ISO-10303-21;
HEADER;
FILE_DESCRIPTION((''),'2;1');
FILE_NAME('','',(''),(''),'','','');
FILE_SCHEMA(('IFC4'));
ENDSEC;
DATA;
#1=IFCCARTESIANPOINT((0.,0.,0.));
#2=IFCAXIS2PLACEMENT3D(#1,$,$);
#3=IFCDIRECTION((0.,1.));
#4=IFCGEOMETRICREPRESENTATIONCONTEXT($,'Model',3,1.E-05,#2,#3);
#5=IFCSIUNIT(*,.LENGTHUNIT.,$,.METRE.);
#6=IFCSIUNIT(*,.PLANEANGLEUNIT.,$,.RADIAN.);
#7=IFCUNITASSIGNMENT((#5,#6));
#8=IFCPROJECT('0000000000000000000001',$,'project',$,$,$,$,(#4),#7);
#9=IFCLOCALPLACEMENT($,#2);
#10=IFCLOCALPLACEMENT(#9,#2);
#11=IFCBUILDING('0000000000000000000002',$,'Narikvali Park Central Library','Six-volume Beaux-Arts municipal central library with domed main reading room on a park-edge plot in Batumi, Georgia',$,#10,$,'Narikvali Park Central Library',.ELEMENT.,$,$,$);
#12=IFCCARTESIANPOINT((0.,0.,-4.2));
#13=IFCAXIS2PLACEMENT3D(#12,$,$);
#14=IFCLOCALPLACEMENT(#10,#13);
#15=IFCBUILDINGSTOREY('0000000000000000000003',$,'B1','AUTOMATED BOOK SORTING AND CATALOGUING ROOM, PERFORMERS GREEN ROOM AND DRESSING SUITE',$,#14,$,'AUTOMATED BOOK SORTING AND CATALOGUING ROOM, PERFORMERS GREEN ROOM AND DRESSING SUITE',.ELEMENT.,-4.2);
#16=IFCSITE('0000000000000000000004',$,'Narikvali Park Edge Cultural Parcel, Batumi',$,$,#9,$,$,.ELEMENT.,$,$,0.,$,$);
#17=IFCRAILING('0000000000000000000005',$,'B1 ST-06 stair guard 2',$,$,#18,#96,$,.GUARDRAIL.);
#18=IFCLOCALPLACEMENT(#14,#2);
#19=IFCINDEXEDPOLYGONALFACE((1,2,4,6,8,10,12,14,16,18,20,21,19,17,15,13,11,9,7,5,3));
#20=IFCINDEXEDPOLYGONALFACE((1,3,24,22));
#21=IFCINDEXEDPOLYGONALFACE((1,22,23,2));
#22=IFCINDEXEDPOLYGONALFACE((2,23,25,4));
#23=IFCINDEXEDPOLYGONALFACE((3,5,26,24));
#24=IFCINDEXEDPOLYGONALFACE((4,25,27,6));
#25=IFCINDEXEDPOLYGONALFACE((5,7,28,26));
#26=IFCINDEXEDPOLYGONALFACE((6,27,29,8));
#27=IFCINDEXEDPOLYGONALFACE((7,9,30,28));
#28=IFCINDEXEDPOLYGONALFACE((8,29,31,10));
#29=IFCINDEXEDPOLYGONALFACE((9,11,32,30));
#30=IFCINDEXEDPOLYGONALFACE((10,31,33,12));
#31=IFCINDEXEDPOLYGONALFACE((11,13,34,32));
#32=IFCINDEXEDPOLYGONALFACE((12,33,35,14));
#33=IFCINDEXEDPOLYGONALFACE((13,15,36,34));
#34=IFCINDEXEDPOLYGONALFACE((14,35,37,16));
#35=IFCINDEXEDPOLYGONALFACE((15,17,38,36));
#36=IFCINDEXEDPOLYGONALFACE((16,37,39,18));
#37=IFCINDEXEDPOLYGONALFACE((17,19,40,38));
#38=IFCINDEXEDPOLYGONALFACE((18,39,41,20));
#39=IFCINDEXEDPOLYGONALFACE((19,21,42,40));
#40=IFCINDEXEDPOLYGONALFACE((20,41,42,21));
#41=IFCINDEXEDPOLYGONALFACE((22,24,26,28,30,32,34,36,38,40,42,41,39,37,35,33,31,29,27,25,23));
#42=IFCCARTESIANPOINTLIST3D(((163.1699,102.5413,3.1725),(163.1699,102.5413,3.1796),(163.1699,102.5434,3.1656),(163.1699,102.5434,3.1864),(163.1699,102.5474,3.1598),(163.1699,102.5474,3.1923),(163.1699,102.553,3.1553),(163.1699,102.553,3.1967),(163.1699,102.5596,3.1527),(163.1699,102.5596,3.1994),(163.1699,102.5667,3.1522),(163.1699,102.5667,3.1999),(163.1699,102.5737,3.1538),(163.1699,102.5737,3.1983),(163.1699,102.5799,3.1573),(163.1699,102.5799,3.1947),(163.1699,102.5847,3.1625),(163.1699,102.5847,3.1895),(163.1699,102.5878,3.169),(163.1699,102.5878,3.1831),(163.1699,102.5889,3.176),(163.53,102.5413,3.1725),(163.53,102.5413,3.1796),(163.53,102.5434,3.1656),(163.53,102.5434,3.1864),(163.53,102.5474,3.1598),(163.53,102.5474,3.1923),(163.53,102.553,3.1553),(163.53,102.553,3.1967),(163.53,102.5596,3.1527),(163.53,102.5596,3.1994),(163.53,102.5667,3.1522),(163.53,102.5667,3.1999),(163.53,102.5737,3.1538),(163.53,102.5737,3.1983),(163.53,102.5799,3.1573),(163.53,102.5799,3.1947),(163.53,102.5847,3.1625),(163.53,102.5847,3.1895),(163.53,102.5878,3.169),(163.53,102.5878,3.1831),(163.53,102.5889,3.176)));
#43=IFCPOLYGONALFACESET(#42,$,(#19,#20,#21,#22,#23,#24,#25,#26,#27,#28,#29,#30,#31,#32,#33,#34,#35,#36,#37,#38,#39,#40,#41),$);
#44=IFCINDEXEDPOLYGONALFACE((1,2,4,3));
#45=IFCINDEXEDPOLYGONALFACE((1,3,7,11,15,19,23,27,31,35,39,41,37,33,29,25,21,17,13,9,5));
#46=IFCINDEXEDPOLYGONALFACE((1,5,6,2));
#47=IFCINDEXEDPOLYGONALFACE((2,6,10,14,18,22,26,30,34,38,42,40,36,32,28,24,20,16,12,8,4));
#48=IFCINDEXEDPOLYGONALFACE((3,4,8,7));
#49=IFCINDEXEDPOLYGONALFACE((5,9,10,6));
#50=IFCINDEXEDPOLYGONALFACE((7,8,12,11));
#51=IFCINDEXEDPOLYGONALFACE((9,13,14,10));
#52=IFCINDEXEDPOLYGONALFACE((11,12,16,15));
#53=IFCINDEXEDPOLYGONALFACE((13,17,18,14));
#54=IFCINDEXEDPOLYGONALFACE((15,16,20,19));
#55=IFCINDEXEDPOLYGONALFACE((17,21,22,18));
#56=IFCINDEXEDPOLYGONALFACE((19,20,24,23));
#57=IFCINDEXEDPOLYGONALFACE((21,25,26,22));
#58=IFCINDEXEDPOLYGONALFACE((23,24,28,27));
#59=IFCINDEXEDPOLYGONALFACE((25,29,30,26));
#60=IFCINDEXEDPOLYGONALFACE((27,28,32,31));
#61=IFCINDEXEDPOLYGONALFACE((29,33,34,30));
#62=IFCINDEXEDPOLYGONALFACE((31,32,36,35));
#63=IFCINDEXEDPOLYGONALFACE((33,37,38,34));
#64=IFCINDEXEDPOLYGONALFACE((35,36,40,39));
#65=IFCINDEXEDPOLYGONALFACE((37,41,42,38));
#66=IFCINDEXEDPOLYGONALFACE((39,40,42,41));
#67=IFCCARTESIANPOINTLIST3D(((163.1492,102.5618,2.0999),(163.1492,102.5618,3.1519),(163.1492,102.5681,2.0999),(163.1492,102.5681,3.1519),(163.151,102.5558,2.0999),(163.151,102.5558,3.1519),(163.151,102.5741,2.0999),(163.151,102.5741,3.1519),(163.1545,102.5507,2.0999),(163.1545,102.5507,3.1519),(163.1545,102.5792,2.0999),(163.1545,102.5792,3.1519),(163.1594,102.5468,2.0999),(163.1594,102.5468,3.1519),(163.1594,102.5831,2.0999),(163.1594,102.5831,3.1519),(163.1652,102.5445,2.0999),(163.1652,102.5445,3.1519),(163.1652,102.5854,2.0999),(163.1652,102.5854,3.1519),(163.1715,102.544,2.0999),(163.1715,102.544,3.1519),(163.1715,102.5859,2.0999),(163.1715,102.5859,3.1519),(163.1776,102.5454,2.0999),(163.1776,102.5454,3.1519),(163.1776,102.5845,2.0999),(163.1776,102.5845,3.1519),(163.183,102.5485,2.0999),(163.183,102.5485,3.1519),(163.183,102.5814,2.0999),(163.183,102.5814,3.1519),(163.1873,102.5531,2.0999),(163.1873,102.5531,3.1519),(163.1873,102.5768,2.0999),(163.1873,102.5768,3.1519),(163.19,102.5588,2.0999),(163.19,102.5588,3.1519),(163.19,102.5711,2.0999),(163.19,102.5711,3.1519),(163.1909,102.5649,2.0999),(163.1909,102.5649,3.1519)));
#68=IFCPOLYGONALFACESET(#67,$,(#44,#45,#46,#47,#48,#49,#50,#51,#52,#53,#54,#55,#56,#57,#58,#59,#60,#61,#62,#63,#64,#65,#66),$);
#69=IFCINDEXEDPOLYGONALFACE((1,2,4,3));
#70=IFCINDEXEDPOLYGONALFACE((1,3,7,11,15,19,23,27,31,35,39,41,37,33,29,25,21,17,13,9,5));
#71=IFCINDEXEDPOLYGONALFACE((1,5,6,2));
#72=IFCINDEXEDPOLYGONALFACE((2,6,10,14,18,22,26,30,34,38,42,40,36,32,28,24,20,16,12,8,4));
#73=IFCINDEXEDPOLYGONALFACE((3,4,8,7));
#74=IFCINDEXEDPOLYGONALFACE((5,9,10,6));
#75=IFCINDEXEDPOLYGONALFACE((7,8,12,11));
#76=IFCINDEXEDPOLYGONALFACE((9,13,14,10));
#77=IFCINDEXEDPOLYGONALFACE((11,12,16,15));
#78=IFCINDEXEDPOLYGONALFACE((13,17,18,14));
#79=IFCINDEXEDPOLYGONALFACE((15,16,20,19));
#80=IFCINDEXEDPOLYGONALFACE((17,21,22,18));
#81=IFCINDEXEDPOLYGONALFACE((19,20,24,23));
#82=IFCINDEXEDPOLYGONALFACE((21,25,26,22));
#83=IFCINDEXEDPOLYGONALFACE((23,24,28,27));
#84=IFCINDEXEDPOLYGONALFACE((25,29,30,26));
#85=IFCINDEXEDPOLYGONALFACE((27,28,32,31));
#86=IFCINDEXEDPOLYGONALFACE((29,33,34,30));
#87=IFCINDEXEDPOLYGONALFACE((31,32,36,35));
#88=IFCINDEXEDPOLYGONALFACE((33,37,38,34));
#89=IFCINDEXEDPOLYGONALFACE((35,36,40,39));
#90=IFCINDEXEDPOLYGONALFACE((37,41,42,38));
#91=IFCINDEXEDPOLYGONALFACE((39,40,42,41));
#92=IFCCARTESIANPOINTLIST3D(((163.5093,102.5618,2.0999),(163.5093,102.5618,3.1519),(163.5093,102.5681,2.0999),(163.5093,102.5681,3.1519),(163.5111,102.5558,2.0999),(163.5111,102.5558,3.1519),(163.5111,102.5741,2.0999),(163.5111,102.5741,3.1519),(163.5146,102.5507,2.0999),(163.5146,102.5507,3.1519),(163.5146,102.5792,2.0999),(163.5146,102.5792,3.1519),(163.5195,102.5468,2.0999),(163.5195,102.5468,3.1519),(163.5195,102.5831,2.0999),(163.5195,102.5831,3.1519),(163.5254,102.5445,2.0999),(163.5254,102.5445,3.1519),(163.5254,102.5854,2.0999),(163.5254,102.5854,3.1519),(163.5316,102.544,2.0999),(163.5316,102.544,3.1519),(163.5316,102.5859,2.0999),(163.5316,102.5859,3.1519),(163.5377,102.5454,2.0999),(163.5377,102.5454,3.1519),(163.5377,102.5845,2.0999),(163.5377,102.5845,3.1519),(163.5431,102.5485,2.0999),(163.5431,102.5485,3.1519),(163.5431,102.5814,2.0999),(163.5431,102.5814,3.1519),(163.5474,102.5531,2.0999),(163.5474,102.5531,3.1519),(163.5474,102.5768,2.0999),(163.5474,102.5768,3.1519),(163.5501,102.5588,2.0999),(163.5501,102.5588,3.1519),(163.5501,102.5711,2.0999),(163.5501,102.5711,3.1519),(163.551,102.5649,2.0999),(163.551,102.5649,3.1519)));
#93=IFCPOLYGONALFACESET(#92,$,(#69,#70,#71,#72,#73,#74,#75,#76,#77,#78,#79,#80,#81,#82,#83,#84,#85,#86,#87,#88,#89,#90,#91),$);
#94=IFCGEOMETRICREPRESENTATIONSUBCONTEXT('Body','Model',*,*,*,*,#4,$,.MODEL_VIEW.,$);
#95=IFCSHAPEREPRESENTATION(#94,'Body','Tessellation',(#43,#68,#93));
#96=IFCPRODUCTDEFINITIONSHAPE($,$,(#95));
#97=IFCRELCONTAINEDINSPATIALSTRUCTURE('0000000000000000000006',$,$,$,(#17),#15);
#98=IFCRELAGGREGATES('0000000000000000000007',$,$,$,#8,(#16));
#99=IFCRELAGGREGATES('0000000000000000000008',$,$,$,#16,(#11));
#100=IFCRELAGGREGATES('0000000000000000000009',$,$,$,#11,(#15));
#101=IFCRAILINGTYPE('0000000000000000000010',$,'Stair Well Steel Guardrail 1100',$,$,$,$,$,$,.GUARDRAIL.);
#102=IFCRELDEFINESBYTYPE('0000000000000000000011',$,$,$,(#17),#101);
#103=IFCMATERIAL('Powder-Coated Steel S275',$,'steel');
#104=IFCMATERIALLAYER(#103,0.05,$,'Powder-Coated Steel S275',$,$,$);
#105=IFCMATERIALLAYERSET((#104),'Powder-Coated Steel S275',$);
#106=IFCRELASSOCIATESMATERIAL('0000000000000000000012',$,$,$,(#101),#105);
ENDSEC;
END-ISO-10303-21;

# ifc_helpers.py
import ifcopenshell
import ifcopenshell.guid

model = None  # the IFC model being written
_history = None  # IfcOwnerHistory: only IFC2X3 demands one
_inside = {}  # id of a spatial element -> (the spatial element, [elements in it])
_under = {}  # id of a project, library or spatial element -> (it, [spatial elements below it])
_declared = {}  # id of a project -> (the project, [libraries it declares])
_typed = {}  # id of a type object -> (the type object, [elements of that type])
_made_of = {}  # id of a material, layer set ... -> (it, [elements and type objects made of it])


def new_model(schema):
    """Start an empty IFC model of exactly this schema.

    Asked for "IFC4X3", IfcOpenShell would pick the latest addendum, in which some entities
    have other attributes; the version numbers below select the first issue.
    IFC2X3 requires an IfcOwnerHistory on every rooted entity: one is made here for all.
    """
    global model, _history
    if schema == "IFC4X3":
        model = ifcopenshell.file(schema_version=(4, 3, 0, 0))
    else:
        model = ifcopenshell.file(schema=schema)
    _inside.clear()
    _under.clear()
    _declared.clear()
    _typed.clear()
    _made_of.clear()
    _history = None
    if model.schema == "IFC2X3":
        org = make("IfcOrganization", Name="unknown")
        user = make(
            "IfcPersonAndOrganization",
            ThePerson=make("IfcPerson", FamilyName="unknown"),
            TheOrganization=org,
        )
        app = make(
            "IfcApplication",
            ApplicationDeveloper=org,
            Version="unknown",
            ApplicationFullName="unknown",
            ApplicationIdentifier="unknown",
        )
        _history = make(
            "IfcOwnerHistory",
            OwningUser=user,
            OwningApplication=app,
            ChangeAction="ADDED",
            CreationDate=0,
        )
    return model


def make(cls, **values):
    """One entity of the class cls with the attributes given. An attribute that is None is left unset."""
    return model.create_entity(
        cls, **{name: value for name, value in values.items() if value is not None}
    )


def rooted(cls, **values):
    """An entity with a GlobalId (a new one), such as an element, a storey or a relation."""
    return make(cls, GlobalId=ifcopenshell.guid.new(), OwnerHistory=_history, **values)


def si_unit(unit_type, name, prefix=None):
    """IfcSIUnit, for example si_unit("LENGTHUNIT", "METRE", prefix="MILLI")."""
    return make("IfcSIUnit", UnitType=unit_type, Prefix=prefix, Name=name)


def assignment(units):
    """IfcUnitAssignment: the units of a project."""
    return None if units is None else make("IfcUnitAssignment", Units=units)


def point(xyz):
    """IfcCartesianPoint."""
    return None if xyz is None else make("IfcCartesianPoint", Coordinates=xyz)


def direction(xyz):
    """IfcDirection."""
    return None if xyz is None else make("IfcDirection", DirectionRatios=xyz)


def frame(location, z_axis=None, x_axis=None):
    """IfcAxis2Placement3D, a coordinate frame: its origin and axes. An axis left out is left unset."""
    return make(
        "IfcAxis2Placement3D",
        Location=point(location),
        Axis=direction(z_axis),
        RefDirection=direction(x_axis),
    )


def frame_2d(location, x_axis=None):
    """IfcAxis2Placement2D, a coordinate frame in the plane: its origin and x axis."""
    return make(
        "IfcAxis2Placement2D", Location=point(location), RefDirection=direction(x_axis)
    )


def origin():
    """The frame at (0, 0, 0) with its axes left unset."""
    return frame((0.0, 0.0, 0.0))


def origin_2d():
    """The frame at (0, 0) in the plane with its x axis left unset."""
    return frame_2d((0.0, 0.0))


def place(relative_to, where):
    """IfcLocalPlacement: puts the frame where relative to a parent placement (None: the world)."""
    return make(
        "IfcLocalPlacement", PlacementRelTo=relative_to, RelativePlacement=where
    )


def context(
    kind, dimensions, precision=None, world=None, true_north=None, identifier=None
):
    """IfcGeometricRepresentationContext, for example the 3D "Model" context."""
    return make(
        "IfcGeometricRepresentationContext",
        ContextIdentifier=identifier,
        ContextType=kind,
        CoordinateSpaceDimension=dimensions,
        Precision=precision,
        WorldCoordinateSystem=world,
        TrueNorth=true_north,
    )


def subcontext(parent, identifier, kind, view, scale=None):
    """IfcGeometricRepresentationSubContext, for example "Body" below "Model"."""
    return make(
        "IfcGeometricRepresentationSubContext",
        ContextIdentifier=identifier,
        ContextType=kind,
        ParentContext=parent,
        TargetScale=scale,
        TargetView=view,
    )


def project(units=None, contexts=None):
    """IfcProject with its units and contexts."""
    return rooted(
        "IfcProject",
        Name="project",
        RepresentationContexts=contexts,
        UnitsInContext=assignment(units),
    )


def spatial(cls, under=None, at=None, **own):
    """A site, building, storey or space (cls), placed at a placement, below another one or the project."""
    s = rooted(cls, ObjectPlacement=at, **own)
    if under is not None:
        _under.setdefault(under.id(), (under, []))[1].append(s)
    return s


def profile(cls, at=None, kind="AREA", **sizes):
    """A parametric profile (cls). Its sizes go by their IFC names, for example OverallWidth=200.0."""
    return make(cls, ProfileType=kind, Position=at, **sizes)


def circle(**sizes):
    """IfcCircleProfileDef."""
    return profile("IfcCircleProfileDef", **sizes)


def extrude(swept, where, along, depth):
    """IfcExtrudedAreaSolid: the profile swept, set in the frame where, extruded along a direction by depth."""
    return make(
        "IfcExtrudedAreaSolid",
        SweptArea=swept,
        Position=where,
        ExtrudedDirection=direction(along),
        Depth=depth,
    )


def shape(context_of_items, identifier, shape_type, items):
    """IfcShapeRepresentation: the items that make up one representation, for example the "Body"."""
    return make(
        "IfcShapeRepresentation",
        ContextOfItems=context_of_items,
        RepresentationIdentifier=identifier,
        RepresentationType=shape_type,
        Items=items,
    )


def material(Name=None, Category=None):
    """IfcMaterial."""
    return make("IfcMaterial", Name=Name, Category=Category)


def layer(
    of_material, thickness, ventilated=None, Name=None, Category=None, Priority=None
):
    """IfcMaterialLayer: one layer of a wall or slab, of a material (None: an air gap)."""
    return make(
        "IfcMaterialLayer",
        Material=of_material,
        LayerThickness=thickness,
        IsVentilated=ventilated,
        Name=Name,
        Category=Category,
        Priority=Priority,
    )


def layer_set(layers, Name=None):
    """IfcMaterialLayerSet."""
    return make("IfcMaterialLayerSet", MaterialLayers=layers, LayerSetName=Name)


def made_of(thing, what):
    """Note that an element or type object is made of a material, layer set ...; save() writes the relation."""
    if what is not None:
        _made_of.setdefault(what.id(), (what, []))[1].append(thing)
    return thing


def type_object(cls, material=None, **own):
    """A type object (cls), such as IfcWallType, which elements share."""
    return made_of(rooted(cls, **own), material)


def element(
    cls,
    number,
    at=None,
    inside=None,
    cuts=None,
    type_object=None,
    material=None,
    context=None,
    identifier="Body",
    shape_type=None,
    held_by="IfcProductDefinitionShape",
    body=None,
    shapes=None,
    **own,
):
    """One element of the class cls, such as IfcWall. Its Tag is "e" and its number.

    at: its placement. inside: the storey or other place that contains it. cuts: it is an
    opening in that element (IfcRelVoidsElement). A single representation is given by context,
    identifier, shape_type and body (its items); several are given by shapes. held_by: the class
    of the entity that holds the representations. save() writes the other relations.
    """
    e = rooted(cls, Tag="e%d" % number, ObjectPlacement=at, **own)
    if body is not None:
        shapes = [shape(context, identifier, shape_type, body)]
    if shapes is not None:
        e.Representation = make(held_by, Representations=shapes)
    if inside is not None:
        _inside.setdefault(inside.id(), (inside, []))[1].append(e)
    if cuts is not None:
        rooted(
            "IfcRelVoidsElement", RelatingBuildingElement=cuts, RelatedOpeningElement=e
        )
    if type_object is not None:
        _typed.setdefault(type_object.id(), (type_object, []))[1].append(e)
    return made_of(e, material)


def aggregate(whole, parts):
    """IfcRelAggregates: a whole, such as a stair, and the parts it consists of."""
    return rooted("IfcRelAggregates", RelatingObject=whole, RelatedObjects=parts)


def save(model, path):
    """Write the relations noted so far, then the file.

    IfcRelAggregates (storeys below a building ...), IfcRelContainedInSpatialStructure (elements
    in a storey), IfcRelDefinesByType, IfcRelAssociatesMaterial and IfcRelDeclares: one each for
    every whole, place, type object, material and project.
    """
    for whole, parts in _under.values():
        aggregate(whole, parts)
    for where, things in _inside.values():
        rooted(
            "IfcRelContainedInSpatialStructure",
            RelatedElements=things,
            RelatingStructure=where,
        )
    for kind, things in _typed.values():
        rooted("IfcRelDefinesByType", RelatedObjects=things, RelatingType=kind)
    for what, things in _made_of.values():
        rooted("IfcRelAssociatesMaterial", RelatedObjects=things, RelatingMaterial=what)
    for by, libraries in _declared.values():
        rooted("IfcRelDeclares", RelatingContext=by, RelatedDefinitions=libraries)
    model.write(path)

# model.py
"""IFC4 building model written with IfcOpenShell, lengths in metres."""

from ifc_helpers import new_model, si_unit, direction, frame, origin, origin_2d, place, context, subcontext, project, spatial, circle, extrude, material, layer, layer_set, type_object, element, save


model = new_model("IFC4")

# Units and contexts
model_context = context("Model", 3, precision=1e-05, world=origin(), true_north=direction((0.0, 1.0)))
body_context = subcontext(model_context, "Body", "Model", "MODEL_VIEW")
ifc_project = project(units=[si_unit("LENGTHUNIT", "METRE"), si_unit("PLANEANGLEUNIT", "RADIAN")], contexts=[model_context])

# Site, building, storey
site_placement = place(None, origin())
site = spatial("IfcSite", under=ifc_project, at=site_placement, Name="Narikvali Park Edge Cultural Parcel, Batumi", CompositionType="ELEMENT", RefElevation=0.0)
building_placement = place(site_placement, origin())
building = spatial("IfcBuilding", under=site, at=building_placement, Name="Narikvali Park Central Library", Description="Six-volume Beaux-Arts municipal central library with domed main reading room on a park-edge plot in Batumi, Georgia", LongName="Narikvali Park Central Library", CompositionType="ELEMENT")
storey_placement = place(building_placement, frame((0.0, 0.0, -4.2)))
storey = spatial("IfcBuildingStorey", under=building, at=storey_placement, Name="B1", Description="AUTOMATED BOOK SORTING AND CATALOGUING ROOM, PERFORMERS GREEN ROOM AND DRESSING SUITE", LongName="AUTOMATED BOOK SORTING AND CATALOGUING ROOM, PERFORMERS GREEN ROOM AND DRESSING SUITE", CompositionType="ELEMENT", Elevation=-4.2)

# Railing
ifc_material_1 = material(Name="Powder-Coated Steel S275", Category="steel")
ifc_layer_1 = layer(ifc_material_1, 0.05, Name="Powder-Coated Steel S275")
ifc_layer_set_1 = layer_set([ifc_layer_1], Name="Powder-Coated Steel S275")
railing_type_1 = type_object("IfcRailingType", Name="Stair Well Steel Guardrail 1100", PredefinedType="GUARDRAIL", material=ifc_layer_set_1)
railing_1_placement = place(storey_placement, frame((163.1699, 102.5649, 2.0999)))
element("IfcRailing", 1, at=railing_1_placement, inside=storey, type_object=railing_type_1, Name="B1 ST-06 stair guard 2", PredefinedType="GUARDRAIL", context=body_context, shape_type="SweptSolid", body=[
    extrude(circle(Radius=0.0239, at=origin_2d()), frame((0.0, 0.0, 1.0762), z_axis=(1.0, 0.0, 0.0), x_axis=(0.0, 1.0, 0.0)), (0.0, 0.0, 1.0), 0.3601),
    extrude(circle(Radius=0.021, at=origin_2d()), origin(), (0.0, 0.0, 1.0), 1.052),
    extrude(circle(Radius=0.021, at=origin_2d()), frame((0.3601, 0.0, 0.0)), (0.0, 0.0, 1.0), 1.052),
])

save(model, "model.ifc")
